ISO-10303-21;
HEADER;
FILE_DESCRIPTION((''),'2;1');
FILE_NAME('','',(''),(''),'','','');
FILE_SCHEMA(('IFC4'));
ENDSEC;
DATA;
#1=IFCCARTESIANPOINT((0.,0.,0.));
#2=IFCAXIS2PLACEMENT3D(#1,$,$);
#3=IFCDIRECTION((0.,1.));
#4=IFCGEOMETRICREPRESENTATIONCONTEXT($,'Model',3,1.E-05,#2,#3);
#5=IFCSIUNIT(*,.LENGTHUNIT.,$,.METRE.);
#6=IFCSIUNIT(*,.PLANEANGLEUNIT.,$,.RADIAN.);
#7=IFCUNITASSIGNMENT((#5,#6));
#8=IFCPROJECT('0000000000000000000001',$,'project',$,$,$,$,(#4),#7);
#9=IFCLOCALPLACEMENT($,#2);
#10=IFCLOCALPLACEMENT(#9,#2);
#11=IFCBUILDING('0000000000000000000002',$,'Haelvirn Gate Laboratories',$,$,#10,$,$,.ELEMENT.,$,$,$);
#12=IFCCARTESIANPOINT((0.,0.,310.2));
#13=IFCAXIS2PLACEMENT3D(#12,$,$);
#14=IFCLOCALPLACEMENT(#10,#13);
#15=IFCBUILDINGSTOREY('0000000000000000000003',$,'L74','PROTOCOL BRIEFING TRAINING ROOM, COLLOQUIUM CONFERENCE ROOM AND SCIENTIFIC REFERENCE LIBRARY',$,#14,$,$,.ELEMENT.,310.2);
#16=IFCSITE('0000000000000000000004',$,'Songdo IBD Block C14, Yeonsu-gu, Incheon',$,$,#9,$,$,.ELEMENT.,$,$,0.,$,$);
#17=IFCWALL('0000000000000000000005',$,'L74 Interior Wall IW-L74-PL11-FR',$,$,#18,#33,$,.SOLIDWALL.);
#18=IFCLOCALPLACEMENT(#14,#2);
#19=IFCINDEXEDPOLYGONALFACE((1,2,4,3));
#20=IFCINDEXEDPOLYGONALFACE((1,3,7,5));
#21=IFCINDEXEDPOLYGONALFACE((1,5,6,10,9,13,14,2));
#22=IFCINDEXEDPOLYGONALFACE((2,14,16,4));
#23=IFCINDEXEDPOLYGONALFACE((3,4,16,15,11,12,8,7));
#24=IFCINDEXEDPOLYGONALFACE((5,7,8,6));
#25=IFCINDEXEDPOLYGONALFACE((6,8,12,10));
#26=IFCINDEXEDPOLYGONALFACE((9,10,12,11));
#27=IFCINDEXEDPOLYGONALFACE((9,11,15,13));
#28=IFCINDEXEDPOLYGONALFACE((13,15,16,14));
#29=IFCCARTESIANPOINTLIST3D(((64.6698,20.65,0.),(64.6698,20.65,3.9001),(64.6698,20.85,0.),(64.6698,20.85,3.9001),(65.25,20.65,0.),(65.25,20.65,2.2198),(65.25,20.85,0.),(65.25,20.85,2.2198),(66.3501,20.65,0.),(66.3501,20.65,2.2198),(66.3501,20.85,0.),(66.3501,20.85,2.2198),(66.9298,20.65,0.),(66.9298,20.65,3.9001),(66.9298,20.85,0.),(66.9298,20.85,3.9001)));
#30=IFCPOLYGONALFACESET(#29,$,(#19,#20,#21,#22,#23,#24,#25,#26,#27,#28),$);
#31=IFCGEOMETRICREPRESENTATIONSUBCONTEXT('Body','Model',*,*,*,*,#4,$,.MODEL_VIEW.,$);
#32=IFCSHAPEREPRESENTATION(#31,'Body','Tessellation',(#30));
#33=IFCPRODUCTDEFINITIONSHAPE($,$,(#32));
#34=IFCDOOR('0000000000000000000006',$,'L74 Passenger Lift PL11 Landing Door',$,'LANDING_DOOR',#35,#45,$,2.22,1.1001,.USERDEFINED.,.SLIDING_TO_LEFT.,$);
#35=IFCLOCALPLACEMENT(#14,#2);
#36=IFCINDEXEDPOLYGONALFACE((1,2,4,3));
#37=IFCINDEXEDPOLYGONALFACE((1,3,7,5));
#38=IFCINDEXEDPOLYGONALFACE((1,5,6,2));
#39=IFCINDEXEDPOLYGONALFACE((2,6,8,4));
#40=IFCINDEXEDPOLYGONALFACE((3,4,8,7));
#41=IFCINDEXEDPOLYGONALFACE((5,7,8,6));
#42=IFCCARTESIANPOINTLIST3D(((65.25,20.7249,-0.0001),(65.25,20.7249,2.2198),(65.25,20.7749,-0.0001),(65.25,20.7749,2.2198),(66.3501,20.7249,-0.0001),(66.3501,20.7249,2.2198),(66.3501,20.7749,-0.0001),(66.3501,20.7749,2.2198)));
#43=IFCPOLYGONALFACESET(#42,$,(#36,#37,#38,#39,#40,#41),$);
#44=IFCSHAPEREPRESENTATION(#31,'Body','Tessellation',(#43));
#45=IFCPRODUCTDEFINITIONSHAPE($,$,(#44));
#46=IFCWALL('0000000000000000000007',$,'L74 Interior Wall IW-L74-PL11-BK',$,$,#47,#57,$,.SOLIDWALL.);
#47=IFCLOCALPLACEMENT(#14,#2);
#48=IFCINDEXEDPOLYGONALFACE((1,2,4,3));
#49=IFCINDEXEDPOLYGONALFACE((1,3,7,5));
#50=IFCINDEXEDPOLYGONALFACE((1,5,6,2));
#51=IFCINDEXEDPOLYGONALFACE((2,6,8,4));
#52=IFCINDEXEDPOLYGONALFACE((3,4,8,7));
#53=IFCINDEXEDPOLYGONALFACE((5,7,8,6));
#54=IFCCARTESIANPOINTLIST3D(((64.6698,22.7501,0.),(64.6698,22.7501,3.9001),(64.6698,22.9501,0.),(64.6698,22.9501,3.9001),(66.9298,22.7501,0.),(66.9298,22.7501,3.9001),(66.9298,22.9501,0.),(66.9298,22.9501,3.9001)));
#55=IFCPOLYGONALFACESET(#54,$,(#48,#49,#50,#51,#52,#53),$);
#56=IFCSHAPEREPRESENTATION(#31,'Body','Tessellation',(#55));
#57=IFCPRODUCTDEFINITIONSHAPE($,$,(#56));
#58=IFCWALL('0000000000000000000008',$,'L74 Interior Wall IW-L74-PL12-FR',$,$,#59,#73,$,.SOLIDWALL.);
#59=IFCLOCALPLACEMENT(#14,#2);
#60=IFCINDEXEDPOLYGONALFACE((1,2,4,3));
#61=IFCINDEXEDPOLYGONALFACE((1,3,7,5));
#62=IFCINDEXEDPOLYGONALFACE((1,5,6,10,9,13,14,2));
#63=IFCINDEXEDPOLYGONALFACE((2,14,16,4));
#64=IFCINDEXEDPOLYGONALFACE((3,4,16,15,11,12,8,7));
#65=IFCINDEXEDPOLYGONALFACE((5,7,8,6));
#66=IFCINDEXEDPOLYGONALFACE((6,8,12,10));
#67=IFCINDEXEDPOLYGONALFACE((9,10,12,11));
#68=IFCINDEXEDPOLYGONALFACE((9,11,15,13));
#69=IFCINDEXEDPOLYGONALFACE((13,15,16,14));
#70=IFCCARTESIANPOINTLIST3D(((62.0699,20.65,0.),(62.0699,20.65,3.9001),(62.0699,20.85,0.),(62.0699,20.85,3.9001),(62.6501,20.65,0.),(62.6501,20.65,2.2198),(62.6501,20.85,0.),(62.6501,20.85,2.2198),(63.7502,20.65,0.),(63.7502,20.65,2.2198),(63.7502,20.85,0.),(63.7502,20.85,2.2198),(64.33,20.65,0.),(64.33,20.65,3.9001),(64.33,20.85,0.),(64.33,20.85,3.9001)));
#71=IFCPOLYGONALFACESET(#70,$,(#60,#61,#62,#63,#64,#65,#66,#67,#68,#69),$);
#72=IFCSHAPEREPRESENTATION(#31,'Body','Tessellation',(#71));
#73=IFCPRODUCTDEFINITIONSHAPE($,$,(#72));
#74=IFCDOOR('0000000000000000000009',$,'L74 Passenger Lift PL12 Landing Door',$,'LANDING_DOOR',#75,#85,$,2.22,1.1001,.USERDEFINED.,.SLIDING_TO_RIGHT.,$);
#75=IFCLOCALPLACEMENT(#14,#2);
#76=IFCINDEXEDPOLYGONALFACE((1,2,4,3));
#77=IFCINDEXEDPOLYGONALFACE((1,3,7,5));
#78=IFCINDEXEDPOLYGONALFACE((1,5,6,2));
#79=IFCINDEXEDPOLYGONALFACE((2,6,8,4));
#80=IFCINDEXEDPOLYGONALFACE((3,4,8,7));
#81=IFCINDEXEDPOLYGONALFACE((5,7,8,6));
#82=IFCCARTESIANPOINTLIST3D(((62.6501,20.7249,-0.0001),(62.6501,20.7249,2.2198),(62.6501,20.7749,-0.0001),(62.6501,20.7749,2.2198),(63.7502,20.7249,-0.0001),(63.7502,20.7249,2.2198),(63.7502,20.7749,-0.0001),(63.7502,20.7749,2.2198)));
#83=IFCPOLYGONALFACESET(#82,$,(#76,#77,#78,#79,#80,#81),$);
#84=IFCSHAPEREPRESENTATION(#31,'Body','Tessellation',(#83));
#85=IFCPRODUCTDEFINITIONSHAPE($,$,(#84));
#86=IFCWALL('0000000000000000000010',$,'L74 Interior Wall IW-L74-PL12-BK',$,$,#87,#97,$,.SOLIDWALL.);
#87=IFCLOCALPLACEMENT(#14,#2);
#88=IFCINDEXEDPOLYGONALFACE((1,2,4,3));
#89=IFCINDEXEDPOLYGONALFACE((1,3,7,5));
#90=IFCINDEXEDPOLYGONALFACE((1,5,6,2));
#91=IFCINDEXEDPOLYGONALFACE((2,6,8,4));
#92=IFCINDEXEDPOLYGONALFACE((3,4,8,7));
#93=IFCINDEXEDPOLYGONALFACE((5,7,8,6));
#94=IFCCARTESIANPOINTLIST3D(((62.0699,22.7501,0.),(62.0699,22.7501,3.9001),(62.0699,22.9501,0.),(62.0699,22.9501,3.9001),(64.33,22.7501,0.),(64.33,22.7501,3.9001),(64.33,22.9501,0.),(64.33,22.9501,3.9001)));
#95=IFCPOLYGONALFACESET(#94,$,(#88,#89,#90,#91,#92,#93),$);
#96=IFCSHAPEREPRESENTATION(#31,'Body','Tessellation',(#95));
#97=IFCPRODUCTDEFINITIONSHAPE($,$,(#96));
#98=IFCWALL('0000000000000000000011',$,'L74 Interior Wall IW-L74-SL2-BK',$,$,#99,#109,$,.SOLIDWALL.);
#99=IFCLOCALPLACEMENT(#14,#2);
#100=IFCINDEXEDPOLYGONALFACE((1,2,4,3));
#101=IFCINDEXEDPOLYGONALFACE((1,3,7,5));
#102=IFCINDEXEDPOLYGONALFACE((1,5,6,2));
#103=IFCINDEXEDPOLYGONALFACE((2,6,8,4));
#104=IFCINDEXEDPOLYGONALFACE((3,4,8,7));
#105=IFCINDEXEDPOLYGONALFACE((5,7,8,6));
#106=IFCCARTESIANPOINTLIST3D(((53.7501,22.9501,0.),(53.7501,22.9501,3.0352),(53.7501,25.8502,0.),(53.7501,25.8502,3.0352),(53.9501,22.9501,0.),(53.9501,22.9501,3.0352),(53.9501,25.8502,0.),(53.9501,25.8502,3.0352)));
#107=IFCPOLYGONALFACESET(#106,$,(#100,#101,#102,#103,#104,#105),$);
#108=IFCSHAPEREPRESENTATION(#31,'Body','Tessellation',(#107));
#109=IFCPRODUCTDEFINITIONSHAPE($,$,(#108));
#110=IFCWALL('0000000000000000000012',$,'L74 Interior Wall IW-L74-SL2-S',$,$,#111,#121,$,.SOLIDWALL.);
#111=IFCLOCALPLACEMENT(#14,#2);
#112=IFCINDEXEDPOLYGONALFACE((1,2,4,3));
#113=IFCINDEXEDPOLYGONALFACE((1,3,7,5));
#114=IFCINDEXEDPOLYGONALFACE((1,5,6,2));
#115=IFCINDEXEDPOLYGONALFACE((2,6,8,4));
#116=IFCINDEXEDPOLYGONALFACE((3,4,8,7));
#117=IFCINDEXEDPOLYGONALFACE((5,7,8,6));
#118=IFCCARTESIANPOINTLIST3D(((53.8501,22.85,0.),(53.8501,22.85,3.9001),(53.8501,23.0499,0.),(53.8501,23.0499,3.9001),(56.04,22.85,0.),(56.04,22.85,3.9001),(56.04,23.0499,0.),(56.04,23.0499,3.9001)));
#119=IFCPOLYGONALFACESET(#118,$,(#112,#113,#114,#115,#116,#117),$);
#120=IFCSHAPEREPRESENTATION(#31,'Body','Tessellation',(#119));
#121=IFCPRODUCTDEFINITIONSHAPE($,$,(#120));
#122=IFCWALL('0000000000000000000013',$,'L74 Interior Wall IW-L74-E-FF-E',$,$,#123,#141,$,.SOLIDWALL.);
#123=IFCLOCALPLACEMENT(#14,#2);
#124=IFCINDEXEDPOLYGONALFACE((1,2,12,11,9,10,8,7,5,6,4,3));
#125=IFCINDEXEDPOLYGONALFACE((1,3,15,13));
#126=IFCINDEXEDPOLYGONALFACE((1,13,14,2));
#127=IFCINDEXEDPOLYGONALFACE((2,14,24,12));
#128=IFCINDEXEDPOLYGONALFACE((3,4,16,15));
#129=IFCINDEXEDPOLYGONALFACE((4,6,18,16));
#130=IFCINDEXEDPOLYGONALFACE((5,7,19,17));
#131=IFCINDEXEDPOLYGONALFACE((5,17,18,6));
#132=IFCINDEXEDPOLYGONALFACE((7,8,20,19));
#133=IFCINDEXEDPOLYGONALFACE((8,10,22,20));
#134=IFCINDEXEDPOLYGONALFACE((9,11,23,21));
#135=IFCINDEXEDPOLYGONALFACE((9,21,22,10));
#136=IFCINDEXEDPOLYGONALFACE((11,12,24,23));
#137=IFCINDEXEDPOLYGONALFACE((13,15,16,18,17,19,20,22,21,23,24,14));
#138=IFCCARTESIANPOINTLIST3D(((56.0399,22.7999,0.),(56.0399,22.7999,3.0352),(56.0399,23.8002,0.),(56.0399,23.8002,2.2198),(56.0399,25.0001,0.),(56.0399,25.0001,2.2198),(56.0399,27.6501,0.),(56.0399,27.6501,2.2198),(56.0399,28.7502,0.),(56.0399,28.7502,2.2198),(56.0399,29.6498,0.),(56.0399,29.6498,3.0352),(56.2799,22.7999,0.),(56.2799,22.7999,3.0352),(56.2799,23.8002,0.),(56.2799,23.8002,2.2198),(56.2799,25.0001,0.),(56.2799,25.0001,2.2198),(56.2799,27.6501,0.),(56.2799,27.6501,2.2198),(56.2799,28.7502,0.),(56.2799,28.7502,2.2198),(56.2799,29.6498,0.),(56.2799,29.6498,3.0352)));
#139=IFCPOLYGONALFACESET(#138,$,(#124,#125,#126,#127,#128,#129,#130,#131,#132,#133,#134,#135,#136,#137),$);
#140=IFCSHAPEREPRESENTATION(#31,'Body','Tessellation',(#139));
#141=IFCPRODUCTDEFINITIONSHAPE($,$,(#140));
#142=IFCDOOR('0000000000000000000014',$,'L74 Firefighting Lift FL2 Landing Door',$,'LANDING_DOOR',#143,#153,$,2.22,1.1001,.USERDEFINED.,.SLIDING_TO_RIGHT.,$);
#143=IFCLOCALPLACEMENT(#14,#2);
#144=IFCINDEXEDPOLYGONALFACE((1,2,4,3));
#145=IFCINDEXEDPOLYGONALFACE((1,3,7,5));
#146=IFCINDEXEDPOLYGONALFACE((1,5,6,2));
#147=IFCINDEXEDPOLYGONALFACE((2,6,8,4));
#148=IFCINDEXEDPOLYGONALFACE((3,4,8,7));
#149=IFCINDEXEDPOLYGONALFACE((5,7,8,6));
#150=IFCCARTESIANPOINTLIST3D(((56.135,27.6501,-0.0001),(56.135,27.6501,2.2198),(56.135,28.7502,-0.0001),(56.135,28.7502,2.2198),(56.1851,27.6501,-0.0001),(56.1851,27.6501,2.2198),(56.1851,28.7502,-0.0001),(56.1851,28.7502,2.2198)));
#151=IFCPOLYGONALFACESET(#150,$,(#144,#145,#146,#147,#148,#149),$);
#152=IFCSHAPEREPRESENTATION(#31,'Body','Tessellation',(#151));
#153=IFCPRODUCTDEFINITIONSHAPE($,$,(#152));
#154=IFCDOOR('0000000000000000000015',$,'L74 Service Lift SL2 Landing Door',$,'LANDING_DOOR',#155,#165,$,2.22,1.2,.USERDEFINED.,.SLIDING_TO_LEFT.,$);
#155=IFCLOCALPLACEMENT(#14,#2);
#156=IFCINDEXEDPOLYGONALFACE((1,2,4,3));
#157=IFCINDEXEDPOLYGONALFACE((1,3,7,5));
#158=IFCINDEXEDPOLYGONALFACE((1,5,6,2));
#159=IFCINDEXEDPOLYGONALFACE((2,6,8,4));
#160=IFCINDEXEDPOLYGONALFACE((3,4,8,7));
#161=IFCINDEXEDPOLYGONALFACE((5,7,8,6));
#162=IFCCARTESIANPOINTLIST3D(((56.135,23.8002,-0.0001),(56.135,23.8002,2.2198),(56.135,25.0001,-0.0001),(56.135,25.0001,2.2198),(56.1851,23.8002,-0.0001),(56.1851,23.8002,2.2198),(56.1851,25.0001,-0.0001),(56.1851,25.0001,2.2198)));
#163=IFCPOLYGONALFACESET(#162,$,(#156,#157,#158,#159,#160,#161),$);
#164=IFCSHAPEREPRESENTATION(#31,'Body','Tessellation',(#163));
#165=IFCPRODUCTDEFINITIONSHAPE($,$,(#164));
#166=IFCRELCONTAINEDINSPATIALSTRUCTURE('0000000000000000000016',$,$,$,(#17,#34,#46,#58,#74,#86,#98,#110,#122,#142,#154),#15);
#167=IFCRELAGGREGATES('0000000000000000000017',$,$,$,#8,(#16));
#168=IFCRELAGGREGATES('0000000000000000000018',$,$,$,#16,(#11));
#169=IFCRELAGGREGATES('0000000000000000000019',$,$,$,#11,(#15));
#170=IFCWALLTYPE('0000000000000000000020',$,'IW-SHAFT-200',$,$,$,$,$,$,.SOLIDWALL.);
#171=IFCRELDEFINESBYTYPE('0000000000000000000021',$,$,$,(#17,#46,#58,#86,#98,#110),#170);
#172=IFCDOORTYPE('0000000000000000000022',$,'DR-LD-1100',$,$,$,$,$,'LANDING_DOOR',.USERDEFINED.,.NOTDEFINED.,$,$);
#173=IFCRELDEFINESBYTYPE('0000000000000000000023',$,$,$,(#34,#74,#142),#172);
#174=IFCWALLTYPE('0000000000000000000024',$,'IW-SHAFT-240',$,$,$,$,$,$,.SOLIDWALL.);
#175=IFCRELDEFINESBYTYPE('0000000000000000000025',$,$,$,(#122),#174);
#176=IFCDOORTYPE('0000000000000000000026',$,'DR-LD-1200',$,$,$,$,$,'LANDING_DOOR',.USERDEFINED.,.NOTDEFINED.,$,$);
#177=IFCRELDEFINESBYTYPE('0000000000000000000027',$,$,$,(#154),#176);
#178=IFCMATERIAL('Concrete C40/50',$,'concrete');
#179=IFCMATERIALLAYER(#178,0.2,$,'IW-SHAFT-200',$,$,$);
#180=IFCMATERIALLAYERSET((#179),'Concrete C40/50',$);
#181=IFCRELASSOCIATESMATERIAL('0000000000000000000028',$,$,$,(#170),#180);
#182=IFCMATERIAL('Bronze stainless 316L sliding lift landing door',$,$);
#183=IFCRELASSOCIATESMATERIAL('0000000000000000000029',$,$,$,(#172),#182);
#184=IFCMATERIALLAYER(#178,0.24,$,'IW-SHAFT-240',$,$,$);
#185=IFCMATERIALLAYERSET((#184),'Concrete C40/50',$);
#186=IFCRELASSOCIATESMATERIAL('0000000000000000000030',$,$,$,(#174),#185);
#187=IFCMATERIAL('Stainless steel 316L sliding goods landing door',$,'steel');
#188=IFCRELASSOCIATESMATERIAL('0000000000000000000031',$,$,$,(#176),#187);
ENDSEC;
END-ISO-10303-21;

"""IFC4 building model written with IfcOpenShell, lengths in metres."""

from ifc_helpers import new_model, si_unit, direction, frame, frame_2d, origin, place, context, subcontext, project, spatial, rectangle, extrude, source, transform, mapped, material, layer, layer_set, type_object, type_shapes, element, fill, save


model = new_model("IFC4")

# Units and contexts
model_context = context("Model", 3, precision=1e-05, world=origin(), true_north=direction((0.0, 1.0)))
body_context = subcontext(model_context, "Body", "Model", "MODEL_VIEW")
ifc_project = project(units=[si_unit("LENGTHUNIT", "METRE"), si_unit("PLANEANGLEUNIT", "RADIAN")], contexts=[model_context])

# Site, building, storey
site_placement = place(None, origin())
site = spatial("IfcSite", under=ifc_project, at=site_placement, Name="Songdo IBD Block C14, Yeonsu-gu, Incheon", CompositionType="ELEMENT", RefElevation=0.0)
building_placement = place(site_placement, origin())
building = spatial("IfcBuilding", under=site, at=building_placement, Name="Haelvirn Gate Laboratories", CompositionType="ELEMENT")
storey_placement = place(building_placement, frame((0.0, 0.0, 310.2)))
storey = spatial("IfcBuildingStorey", under=building, at=storey_placement, Name="L74", Description="PROTOCOL BRIEFING TRAINING ROOM, COLLOQUIUM CONFERENCE ROOM AND SCIENTIFIC REFERENCE LIBRARY", CompositionType="ELEMENT", Elevation=310.2)

# Shared definitions
ifc_material_1 = material(Name="Concrete C40/50", Category="concrete")

# Wall, opening, door
ifc_layer_1 = layer(ifc_material_1, 0.2, Name="IW-SHAFT-200")
ifc_layer_set_1 = layer_set([ifc_layer_1], Name="Concrete C40/50")
wall_type_1 = type_object("IfcWallType", Name="IW-SHAFT-200", PredefinedType="SOLIDWALL", material=ifc_layer_set_1)
wall_1_placement = place(storey_placement, frame((64.6699, 20.75, 0.0), z_axis=(0.0, 0.0, 1.0), x_axis=(1.0, 0.0, 0.0)))
wall_1 = element("IfcWall", 1, at=wall_1_placement, inside=storey, type_object=wall_type_1, Name="L74 Interior Wall IW-L74-PL11-FR", PredefinedType="SOLIDWALL", context=body_context, shape_type="SweptSolid", body=[
    extrude(rectangle(XDim=2.26, YDim=0.2, at=frame_2d((1.1299, 0.0))), origin(), (0.0, 0.0, 1.0), 3.9001),
])
opening_1_placement = place(wall_1_placement, frame((0.5801, 0.0, 0.0)))
opening_1 = element("IfcOpeningElement", 2, at=opening_1_placement, cuts=wall_1, PredefinedType="OPENING", context=body_context, shape_type="SweptSolid", body=[
    extrude(rectangle(XDim=1.1001, YDim=2.22, at=frame_2d((0.55, 1.1099))), frame((0.0, 0.1099, 0.0), z_axis=(0.0, -1.0, 0.0), x_axis=(1.0, 0.0, 0.0)), (0.0, 0.0, 1.0), 0.22),
])
ifc_material_2 = material(Name="Bronze stainless 316L sliding lift landing door")
door_type_1 = type_object("IfcDoorType", Name="DR-LD-1100", ElementType="LANDING_DOOR", OperationType="NOTDEFINED", PredefinedType="USERDEFINED", material=ifc_material_2)
shared_shape_1 = source(origin(), body_context, "Body", "SweptSolid", [
    extrude(rectangle(XDim=1.1001, YDim=2.22, at=frame_2d((0.55, 1.1099))), frame((0.0, 0.0249, 0.0), z_axis=(0.0, -1.0, 0.0), x_axis=(1.0, 0.0, 0.0)), (0.0, 0.0, 1.0), 0.05),
])
type_shapes(door_type_1, [shared_shape_1])
door_1_placement = place(opening_1_placement, origin())
door_1 = element("IfcDoor", 3, at=door_1_placement, inside=storey, type_object=door_type_1, Name="L74 Passenger Lift PL11 Landing Door", ObjectType="LANDING_DOOR", OperationType="SLIDING_TO_LEFT", OverallHeight=2.22, OverallWidth=1.1001, PredefinedType="USERDEFINED", context=body_context, shape_type="MappedRepresentation", body=[
    mapped(shared_shape_1, transform((0.0, 0.0, 0.0), scale=1.0)),
])
fill(opening_1, door_1)

# Wall
wall_2_placement = place(storey_placement, frame((64.6699, 22.8501, 0.0), z_axis=(0.0, 0.0, 1.0), x_axis=(1.0, 0.0, 0.0)))
element("IfcWall", 4, at=wall_2_placement, inside=storey, type_object=wall_type_1, Name="L74 Interior Wall IW-L74-PL11-BK", PredefinedType="SOLIDWALL", context=body_context, shape_type="SweptSolid", body=[
    extrude(rectangle(XDim=2.26, YDim=0.2, at=frame_2d((1.1299, 0.0))), origin(), (0.0, 0.0, 1.0), 3.9001),
])

# Wall, opening, door
wall_3_placement = place(storey_placement, frame((62.0701, 20.75, 0.0), z_axis=(0.0, 0.0, 1.0), x_axis=(1.0, 0.0, 0.0)))
wall_3 = element("IfcWall", 5, at=wall_3_placement, inside=storey, type_object=wall_type_1, Name="L74 Interior Wall IW-L74-PL12-FR", PredefinedType="SOLIDWALL", context=body_context, shape_type="SweptSolid", body=[
    extrude(rectangle(XDim=2.26, YDim=0.2, at=frame_2d((1.1299, 0.0))), origin(), (0.0, 0.0, 1.0), 3.9001),
])
opening_2_placement = place(wall_3_placement, frame((0.5801, 0.0, 0.0)))
opening_2 = element("IfcOpeningElement", 6, at=opening_2_placement, cuts=wall_3, PredefinedType="OPENING", context=body_context, shape_type="SweptSolid", body=[
    extrude(rectangle(XDim=1.1001, YDim=2.22, at=frame_2d((0.55, 1.1099))), frame((0.0, 0.1099, 0.0), z_axis=(0.0, -1.0, 0.0), x_axis=(1.0, 0.0, 0.0)), (0.0, 0.0, 1.0), 0.22),
])
door_2_placement = place(opening_2_placement, origin())
door_2 = element("IfcDoor", 7, at=door_2_placement, inside=storey, type_object=door_type_1, Name="L74 Passenger Lift PL12 Landing Door", ObjectType="LANDING_DOOR", OperationType="SLIDING_TO_RIGHT", OverallHeight=2.22, OverallWidth=1.1001, PredefinedType="USERDEFINED", context=body_context, shape_type="MappedRepresentation", body=[
    mapped(shared_shape_1, transform((0.0, 0.0, 0.0), scale=1.0)),
])
fill(opening_2, door_2)

# Walls
wall_4_placement = place(storey_placement, frame((62.0701, 22.8501, 0.0), z_axis=(0.0, 0.0, 1.0), x_axis=(1.0, 0.0, 0.0)))
element("IfcWall", 8, at=wall_4_placement, inside=storey, type_object=wall_type_1, Name="L74 Interior Wall IW-L74-PL12-BK", PredefinedType="SOLIDWALL", context=body_context, shape_type="SweptSolid", body=[
    extrude(rectangle(XDim=2.26, YDim=0.2, at=frame_2d((1.1299, 0.0))), origin(), (0.0, 0.0, 1.0), 3.9001),
])
wall_5_placement = place(storey_placement, frame((53.8501, 22.95, 0.0), z_axis=(0.0, 0.0, 1.0), x_axis=(0.0, 1.0, 0.0)))
element("IfcWall", 9, at=wall_5_placement, inside=storey, type_object=wall_type_1, Name="L74 Interior Wall IW-L74-SL2-BK", PredefinedType="SOLIDWALL", context=body_context, shape_type="SweptSolid", body=[
    extrude(rectangle(XDim=2.9001, YDim=0.2, at=frame_2d((1.4502, 0.0))), origin(), (0.0, 0.0, 1.0), 3.0352),
])
wall_6_placement = place(storey_placement, frame((53.8501, 22.95, 0.0), z_axis=(0.0, 0.0, 1.0), x_axis=(1.0, 0.0, 0.0)))
element("IfcWall", 10, at=wall_6_placement, inside=storey, type_object=wall_type_1, Name="L74 Interior Wall IW-L74-SL2-S", PredefinedType="SOLIDWALL", context=body_context, shape_type="SweptSolid", body=[
    extrude(rectangle(XDim=2.1899, YDim=0.2, at=frame_2d((1.095, 0.0))), origin(), (0.0, 0.0, 1.0), 3.9001),
])

# Wall, openings, doors
ifc_layer_2 = layer(ifc_material_1, 0.24, Name="IW-SHAFT-240")
ifc_layer_set_2 = layer_set([ifc_layer_2], Name="Concrete C40/50")
wall_type_2 = type_object("IfcWallType", Name="IW-SHAFT-240", PredefinedType="SOLIDWALL", material=ifc_layer_set_2)
wall_7_placement = place(storey_placement, frame((56.1599, 22.8, 0.0), z_axis=(0.0, 0.0, 1.0), x_axis=(0.0, 1.0, 0.0)))
wall_7 = element("IfcWall", 11, at=wall_7_placement, inside=storey, type_object=wall_type_2, Name="L74 Interior Wall IW-L74-E-FF-E", PredefinedType="SOLIDWALL", context=body_context, shape_type="SweptSolid", body=[
    extrude(rectangle(XDim=6.8499, YDim=0.24, at=frame_2d((3.4248, 0.0))), origin(), (0.0, 0.0, 1.0), 3.0352),
])
opening_3_placement = place(wall_7_placement, frame((4.8501, 0.0, 0.0)))
opening_3 = element("IfcOpeningElement", 12, at=opening_3_placement, cuts=wall_7, PredefinedType="OPENING", context=body_context, shape_type="SweptSolid", body=[
    extrude(rectangle(XDim=1.1001, YDim=2.22, at=frame_2d((0.55, 1.1099))), frame((0.0, 0.1299, 0.0), z_axis=(0.0, -1.0, 0.0), x_axis=(1.0, 0.0, 0.0)), (0.0, 0.0, 1.0), 0.26),
])
opening_4_placement = place(wall_7_placement, frame((1.0, 0.0, 0.0)))
opening_4 = element("IfcOpeningElement", 13, at=opening_4_placement, cuts=wall_7, PredefinedType="OPENING", context=body_context, shape_type="SweptSolid", body=[
    extrude(rectangle(XDim=1.2, YDim=2.22, at=frame_2d((0.6001, 1.1099))), frame((0.0, 0.1299, 0.0), z_axis=(0.0, -1.0, 0.0), x_axis=(1.0, 0.0, 0.0)), (0.0, 0.0, 1.0), 0.26),
])
door_3_placement = place(opening_3_placement, origin())
door_3 = element("IfcDoor", 14, at=door_3_placement, inside=storey, type_object=door_type_1, Name="L74 Firefighting Lift FL2 Landing Door", ObjectType="LANDING_DOOR", OperationType="SLIDING_TO_RIGHT", OverallHeight=2.22, OverallWidth=1.1001, PredefinedType="USERDEFINED", context=body_context, shape_type="MappedRepresentation", body=[
    mapped(shared_shape_1, transform((0.0, 0.0, 0.0), scale=1.0)),
])
fill(opening_3, door_3)
ifc_material_3 = material(Name="Stainless steel 316L sliding goods landing door", Category="steel")
door_type_2 = type_object("IfcDoorType", Name="DR-LD-1200", ElementType="LANDING_DOOR", OperationType="NOTDEFINED", PredefinedType="USERDEFINED", material=ifc_material_3)
shared_shape_2 = source(origin(), body_context, "Body", "SweptSolid", [
    extrude(rectangle(XDim=1.2, YDim=2.22, at=frame_2d((0.6001, 1.1099))), frame((0.0, 0.0249, 0.0), z_axis=(0.0, -1.0, 0.0), x_axis=(1.0, 0.0, 0.0)), (0.0, 0.0, 1.0), 0.05),
])
type_shapes(door_type_2, [shared_shape_2])
door_4_placement = place(opening_4_placement, origin())
door_4 = element("IfcDoor", 15, at=door_4_placement, inside=storey, type_object=door_type_2, Name="L74 Service Lift SL2 Landing Door", ObjectType="LANDING_DOOR", OperationType="SLIDING_TO_LEFT", OverallHeight=2.22, OverallWidth=1.2, PredefinedType="USERDEFINED", context=body_context, shape_type="MappedRepresentation", body=[
    mapped(shared_shape_2, transform((0.0, 0.0, 0.0), scale=1.0)),
])
fill(opening_4, door_4)

save(model, "model.ifc")
